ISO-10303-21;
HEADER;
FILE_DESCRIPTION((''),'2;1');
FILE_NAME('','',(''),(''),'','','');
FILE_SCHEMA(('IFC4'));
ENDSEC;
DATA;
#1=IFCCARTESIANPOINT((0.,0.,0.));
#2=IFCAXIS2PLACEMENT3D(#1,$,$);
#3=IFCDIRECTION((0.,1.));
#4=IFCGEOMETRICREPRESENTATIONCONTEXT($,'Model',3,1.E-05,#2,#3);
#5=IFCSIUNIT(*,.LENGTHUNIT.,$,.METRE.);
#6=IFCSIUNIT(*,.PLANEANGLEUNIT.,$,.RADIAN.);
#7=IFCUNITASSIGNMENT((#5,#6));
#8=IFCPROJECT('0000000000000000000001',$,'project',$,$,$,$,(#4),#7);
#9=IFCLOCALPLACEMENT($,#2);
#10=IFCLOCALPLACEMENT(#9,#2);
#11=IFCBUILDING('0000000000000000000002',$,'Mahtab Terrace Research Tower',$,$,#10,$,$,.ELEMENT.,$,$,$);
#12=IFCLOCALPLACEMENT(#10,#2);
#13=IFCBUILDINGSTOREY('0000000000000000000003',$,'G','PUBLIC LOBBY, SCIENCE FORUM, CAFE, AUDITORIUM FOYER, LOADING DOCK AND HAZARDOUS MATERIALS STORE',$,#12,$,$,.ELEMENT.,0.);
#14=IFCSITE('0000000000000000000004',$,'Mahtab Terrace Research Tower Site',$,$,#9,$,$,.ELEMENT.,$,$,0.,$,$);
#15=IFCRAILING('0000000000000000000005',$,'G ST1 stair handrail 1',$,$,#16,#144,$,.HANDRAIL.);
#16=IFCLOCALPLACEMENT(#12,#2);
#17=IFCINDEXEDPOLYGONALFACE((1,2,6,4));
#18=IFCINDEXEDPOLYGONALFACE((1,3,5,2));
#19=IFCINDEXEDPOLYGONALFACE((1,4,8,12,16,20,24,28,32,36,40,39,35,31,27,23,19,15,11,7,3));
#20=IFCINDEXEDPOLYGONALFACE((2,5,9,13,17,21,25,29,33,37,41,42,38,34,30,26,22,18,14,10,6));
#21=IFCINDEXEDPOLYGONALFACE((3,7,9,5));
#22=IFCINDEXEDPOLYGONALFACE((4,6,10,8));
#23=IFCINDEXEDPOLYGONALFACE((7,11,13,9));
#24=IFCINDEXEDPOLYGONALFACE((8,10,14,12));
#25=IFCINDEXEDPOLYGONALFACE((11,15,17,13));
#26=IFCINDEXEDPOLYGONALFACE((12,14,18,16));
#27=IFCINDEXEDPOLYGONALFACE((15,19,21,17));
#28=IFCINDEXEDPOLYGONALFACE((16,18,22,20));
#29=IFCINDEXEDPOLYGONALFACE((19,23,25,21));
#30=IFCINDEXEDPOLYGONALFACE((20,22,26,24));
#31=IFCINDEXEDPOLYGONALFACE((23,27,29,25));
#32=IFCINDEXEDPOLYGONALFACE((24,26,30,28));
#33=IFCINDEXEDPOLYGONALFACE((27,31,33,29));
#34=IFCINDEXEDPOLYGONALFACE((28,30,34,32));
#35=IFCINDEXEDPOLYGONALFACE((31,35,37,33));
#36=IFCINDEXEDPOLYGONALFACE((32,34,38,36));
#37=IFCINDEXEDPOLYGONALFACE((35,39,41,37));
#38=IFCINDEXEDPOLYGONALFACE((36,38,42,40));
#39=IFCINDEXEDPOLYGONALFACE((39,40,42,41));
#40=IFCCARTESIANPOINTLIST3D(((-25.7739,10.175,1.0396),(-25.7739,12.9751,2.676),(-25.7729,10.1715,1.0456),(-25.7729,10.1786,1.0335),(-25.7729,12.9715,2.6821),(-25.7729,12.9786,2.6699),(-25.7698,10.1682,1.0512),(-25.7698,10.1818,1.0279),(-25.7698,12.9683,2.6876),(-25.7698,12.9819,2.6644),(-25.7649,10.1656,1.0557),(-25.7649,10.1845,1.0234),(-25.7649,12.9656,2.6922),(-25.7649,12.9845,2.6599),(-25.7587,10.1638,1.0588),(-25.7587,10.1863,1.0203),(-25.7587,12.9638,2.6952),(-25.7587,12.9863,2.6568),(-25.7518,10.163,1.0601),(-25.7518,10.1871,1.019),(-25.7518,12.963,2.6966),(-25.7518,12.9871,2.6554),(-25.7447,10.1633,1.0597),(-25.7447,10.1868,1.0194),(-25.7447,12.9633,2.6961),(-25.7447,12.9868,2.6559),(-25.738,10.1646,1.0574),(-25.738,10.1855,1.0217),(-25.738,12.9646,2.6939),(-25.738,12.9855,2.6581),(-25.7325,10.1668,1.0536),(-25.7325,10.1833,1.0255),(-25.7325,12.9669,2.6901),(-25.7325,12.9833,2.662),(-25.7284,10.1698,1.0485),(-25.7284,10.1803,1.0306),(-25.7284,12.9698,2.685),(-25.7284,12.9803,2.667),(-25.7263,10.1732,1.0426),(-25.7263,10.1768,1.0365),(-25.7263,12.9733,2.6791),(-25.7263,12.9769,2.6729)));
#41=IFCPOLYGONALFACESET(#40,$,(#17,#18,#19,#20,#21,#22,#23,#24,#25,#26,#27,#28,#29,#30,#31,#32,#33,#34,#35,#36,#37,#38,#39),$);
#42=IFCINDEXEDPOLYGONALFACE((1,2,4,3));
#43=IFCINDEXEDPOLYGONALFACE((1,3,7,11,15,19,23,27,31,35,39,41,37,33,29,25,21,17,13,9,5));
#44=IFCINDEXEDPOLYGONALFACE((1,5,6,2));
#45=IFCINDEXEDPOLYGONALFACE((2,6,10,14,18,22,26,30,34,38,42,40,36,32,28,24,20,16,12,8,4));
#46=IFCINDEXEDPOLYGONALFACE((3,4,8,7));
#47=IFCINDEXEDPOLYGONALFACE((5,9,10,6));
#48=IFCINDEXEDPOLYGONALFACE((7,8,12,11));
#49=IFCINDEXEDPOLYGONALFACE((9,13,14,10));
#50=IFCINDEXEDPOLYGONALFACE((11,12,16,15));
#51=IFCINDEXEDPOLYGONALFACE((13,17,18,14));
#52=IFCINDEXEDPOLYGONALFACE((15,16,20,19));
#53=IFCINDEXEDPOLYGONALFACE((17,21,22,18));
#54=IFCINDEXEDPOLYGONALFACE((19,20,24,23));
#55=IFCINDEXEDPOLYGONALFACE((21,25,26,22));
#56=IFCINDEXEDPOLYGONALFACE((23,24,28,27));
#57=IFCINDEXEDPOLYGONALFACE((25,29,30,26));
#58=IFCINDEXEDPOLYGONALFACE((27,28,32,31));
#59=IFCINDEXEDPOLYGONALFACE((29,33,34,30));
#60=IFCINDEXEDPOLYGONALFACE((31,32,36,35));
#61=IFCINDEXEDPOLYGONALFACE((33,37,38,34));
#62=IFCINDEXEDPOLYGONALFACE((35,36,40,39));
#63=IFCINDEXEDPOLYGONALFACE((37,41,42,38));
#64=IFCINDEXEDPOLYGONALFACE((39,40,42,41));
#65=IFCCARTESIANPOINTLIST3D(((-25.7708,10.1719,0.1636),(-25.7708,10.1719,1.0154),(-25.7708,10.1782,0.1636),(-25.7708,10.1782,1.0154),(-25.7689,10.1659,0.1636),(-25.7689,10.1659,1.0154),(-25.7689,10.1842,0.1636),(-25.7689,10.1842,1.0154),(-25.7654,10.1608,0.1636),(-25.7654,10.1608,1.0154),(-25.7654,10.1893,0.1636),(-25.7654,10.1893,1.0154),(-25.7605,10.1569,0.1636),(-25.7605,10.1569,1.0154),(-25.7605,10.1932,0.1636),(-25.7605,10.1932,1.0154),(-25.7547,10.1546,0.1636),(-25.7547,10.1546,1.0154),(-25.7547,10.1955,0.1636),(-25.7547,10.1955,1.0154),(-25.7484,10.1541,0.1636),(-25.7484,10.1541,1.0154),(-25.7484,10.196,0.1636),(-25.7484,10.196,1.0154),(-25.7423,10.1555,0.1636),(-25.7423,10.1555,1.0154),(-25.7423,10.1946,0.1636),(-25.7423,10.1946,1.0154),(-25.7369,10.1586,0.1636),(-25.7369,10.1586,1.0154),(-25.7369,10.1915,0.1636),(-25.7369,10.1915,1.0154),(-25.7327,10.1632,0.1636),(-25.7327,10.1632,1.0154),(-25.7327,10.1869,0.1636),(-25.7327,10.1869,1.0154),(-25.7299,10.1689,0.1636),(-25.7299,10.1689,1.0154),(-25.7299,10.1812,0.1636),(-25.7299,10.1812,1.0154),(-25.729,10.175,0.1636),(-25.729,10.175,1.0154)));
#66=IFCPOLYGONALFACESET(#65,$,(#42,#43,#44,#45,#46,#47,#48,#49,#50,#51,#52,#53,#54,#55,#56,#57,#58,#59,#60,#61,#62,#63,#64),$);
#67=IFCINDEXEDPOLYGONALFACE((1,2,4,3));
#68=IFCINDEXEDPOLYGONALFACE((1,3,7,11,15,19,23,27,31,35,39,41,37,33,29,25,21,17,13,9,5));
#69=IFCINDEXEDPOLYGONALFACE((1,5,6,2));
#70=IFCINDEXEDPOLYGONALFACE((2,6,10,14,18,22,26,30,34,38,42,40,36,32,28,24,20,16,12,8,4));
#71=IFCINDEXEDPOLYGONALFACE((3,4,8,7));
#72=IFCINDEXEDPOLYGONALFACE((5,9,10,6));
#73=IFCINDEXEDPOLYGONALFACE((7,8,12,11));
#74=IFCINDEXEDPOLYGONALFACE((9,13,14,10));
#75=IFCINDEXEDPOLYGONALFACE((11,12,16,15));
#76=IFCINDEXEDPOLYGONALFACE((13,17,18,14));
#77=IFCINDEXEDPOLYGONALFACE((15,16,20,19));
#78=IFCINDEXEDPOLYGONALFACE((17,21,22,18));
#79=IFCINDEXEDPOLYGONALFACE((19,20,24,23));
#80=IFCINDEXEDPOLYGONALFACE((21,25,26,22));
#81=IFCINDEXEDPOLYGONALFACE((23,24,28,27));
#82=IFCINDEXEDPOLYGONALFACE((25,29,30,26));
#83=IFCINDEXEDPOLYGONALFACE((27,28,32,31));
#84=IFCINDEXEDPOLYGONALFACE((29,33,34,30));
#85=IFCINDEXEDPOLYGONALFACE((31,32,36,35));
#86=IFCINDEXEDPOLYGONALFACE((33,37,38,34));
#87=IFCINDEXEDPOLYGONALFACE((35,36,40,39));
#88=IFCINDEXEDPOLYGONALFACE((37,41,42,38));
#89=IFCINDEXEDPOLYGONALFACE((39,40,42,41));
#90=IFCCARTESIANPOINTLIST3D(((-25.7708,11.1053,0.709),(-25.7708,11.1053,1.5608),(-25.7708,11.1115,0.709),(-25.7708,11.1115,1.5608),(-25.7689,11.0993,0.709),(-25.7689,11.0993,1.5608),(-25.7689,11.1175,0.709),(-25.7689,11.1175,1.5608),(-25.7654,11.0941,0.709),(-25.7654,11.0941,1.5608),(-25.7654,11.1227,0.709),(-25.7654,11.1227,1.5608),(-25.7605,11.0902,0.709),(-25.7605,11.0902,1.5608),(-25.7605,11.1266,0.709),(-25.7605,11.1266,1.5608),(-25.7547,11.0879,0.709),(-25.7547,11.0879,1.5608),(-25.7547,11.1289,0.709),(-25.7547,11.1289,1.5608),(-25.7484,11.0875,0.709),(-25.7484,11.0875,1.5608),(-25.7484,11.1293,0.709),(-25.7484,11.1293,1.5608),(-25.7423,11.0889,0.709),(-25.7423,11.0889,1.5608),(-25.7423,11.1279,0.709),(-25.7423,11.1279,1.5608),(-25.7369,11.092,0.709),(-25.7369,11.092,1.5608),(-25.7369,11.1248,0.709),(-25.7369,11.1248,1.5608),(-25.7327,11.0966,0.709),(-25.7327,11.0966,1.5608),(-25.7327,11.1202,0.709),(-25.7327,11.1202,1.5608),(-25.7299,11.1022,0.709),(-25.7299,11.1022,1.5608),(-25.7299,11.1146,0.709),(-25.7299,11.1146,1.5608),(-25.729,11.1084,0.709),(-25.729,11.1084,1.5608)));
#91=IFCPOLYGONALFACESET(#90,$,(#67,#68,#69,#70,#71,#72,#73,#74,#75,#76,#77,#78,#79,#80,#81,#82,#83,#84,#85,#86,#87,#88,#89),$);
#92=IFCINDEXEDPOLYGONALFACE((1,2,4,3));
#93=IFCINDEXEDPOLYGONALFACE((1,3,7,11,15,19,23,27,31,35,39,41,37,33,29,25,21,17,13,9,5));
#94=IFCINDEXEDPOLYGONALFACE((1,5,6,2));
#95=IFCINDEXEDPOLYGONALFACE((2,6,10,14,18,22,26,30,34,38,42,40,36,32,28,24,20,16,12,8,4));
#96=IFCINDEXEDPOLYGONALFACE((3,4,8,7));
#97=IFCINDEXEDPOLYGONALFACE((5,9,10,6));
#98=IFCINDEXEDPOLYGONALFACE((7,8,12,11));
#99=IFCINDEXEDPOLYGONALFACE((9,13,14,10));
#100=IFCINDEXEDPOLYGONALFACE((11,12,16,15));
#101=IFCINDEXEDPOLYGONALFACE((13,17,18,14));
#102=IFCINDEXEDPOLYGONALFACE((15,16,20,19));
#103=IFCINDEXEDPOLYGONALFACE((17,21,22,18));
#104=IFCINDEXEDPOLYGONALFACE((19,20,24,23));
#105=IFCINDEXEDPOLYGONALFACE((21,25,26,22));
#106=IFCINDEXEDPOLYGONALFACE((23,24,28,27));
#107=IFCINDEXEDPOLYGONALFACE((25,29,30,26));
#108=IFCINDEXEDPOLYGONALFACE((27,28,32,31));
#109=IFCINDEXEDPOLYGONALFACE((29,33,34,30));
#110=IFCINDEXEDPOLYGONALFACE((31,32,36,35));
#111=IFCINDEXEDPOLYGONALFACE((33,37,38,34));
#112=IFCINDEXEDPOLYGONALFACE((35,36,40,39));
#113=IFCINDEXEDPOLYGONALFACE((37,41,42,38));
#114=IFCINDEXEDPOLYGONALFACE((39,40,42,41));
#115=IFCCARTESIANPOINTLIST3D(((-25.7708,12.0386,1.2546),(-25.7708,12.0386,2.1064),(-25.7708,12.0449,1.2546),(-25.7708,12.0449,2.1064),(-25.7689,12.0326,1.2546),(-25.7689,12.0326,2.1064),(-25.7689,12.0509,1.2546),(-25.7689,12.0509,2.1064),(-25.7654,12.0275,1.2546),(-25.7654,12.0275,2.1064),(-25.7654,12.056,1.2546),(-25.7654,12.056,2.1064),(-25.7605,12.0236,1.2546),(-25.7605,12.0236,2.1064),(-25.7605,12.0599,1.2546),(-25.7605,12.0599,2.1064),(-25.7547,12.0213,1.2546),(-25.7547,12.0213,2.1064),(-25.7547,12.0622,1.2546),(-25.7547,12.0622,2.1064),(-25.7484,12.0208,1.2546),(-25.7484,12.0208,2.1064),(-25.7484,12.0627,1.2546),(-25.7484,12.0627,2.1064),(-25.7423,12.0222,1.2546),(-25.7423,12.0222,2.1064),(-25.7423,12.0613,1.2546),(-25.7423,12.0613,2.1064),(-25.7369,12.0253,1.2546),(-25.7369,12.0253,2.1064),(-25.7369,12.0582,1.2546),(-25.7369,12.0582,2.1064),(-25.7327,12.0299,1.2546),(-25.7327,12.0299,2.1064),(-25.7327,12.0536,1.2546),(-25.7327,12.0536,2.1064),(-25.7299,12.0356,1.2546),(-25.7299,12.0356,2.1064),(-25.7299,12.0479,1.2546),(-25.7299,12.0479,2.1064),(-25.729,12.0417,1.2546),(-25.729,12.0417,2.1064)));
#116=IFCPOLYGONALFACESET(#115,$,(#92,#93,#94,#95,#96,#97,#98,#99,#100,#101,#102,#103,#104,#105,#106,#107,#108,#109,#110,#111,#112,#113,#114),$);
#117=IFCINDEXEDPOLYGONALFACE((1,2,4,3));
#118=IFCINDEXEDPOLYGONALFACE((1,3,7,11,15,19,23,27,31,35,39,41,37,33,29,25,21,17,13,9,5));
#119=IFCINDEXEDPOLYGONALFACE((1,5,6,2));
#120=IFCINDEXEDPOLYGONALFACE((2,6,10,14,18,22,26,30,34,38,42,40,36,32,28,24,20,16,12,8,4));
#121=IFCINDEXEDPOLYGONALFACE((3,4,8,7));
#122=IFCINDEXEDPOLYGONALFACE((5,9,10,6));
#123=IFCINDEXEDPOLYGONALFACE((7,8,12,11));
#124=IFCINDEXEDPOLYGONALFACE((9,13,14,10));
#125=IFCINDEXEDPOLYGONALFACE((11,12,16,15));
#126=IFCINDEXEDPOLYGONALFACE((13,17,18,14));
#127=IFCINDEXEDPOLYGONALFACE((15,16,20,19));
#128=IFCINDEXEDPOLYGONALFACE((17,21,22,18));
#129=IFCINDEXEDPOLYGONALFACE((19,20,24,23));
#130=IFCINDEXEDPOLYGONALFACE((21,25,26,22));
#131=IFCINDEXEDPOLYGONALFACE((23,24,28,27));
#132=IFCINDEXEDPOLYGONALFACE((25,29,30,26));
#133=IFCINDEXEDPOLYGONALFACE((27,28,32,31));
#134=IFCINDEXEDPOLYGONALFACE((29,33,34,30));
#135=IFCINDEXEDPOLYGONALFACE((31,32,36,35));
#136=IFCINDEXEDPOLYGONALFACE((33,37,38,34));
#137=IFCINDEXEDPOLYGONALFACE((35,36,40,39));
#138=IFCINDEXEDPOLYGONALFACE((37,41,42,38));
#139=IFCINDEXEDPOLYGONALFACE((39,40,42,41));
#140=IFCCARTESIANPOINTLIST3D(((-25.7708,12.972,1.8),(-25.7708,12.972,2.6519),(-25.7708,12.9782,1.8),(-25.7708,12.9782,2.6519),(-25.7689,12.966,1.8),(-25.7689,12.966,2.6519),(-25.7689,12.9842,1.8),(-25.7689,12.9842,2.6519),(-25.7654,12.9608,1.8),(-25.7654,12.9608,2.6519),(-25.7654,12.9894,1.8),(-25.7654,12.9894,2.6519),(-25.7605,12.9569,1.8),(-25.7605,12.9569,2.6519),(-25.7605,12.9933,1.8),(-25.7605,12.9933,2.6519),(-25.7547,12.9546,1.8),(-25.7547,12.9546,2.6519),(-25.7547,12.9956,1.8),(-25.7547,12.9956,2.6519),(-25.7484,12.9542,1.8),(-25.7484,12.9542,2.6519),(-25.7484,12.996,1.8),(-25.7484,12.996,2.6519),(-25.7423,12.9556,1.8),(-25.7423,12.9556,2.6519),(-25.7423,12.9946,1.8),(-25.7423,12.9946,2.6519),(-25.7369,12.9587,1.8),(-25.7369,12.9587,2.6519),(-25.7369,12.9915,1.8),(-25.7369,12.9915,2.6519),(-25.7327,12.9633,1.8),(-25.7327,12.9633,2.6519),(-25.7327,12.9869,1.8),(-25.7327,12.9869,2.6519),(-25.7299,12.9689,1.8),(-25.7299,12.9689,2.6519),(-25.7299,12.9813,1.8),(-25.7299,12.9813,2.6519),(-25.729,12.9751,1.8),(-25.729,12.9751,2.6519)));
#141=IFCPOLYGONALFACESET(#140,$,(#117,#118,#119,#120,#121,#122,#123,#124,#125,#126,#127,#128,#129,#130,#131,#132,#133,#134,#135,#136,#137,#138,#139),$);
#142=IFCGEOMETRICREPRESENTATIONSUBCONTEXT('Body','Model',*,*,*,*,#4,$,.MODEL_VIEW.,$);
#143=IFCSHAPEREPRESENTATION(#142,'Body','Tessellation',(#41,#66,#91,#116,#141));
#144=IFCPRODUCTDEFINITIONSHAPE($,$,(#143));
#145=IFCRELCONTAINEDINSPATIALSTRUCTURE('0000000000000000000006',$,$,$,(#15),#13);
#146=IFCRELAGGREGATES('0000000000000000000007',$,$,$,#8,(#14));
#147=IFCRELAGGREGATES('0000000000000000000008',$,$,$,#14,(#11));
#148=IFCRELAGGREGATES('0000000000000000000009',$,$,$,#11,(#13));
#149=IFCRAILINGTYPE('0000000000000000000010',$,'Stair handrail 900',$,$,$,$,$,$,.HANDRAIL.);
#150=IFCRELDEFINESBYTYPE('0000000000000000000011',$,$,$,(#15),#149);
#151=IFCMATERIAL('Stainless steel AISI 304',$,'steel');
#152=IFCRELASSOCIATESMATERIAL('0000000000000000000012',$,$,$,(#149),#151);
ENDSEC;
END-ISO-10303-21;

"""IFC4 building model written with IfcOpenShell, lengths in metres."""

from ifc_helpers import new_model, si_unit, direction, frame, origin, origin_2d, place, context, subcontext, project, spatial, circle, extrude, material, type_object, element, save


model = new_model("IFC4")

# Units and contexts
model_context = context("Model", 3, precision=1e-05, world=origin(), true_north=direction((0.0, 1.0)))
body_context = subcontext(model_context, "Body", "Model", "MODEL_VIEW")
ifc_project = project(units=[si_unit("LENGTHUNIT", "METRE"), si_unit("PLANEANGLEUNIT", "RADIAN")], contexts=[model_context])

# Site, building, storey
site_placement = place(None, origin())
site = spatial("IfcSite", under=ifc_project, at=site_placement, Name="Mahtab Terrace Research Tower Site", CompositionType="ELEMENT", RefElevation=0.0)
building_placement = place(site_placement, origin())
building = spatial("IfcBuilding", under=site, at=building_placement, Name="Mahtab Terrace Research Tower", CompositionType="ELEMENT")
storey_placement = place(building_placement, origin())
storey = spatial("IfcBuildingStorey", under=building, at=storey_placement, Name="G", Description="PUBLIC LOBBY, SCIENCE FORUM, CAFE, AUDITORIUM FOYER, LOADING DOCK AND HAZARDOUS MATERIALS STORE", CompositionType="ELEMENT", Elevation=0.0)

# Railing
ifc_material_1 = material(Name="Stainless steel AISI 304", Category="steel")
railing_type_1 = type_object("IfcRailingType", Name="Stair handrail 900", PredefinedType="HANDRAIL", material=ifc_material_1)
railing_1_placement = place(storey_placement, frame((-25.75, 10.175, 0.1636)))
element("IfcRailing", 1, at=railing_1_placement, inside=storey, type_object=railing_type_1, Name="G ST1 stair handrail 1", PredefinedType="HANDRAIL", context=body_context, shape_type="SweptSolid", body=[
    extrude(circle(Radius=0.0239, at=origin_2d()), frame((0.0, 0.0, 0.876), z_axis=(0.0, 0.863361, 0.504587), x_axis=(-1.0, 0.0, 0.0)), (0.0, 0.0, 1.0), 3.2432),
    extrude(circle(Radius=0.021, at=origin_2d()), origin(), (0.0, 0.0, 1.0), 0.8518),
    extrude(circle(Radius=0.021, at=origin_2d()), frame((0.0, 0.9333, 0.5454)), (0.0, 0.0, 1.0), 0.8518),
    extrude(circle(Radius=0.021, at=origin_2d()), frame((0.0, 1.8667, 1.0911)), (0.0, 0.0, 1.0), 0.8518),
    extrude(circle(Radius=0.021, at=origin_2d()), frame((0.0, 2.8, 1.6365)), (0.0, 0.0, 1.0), 0.8518),
])

save(model, "model.ifc")
